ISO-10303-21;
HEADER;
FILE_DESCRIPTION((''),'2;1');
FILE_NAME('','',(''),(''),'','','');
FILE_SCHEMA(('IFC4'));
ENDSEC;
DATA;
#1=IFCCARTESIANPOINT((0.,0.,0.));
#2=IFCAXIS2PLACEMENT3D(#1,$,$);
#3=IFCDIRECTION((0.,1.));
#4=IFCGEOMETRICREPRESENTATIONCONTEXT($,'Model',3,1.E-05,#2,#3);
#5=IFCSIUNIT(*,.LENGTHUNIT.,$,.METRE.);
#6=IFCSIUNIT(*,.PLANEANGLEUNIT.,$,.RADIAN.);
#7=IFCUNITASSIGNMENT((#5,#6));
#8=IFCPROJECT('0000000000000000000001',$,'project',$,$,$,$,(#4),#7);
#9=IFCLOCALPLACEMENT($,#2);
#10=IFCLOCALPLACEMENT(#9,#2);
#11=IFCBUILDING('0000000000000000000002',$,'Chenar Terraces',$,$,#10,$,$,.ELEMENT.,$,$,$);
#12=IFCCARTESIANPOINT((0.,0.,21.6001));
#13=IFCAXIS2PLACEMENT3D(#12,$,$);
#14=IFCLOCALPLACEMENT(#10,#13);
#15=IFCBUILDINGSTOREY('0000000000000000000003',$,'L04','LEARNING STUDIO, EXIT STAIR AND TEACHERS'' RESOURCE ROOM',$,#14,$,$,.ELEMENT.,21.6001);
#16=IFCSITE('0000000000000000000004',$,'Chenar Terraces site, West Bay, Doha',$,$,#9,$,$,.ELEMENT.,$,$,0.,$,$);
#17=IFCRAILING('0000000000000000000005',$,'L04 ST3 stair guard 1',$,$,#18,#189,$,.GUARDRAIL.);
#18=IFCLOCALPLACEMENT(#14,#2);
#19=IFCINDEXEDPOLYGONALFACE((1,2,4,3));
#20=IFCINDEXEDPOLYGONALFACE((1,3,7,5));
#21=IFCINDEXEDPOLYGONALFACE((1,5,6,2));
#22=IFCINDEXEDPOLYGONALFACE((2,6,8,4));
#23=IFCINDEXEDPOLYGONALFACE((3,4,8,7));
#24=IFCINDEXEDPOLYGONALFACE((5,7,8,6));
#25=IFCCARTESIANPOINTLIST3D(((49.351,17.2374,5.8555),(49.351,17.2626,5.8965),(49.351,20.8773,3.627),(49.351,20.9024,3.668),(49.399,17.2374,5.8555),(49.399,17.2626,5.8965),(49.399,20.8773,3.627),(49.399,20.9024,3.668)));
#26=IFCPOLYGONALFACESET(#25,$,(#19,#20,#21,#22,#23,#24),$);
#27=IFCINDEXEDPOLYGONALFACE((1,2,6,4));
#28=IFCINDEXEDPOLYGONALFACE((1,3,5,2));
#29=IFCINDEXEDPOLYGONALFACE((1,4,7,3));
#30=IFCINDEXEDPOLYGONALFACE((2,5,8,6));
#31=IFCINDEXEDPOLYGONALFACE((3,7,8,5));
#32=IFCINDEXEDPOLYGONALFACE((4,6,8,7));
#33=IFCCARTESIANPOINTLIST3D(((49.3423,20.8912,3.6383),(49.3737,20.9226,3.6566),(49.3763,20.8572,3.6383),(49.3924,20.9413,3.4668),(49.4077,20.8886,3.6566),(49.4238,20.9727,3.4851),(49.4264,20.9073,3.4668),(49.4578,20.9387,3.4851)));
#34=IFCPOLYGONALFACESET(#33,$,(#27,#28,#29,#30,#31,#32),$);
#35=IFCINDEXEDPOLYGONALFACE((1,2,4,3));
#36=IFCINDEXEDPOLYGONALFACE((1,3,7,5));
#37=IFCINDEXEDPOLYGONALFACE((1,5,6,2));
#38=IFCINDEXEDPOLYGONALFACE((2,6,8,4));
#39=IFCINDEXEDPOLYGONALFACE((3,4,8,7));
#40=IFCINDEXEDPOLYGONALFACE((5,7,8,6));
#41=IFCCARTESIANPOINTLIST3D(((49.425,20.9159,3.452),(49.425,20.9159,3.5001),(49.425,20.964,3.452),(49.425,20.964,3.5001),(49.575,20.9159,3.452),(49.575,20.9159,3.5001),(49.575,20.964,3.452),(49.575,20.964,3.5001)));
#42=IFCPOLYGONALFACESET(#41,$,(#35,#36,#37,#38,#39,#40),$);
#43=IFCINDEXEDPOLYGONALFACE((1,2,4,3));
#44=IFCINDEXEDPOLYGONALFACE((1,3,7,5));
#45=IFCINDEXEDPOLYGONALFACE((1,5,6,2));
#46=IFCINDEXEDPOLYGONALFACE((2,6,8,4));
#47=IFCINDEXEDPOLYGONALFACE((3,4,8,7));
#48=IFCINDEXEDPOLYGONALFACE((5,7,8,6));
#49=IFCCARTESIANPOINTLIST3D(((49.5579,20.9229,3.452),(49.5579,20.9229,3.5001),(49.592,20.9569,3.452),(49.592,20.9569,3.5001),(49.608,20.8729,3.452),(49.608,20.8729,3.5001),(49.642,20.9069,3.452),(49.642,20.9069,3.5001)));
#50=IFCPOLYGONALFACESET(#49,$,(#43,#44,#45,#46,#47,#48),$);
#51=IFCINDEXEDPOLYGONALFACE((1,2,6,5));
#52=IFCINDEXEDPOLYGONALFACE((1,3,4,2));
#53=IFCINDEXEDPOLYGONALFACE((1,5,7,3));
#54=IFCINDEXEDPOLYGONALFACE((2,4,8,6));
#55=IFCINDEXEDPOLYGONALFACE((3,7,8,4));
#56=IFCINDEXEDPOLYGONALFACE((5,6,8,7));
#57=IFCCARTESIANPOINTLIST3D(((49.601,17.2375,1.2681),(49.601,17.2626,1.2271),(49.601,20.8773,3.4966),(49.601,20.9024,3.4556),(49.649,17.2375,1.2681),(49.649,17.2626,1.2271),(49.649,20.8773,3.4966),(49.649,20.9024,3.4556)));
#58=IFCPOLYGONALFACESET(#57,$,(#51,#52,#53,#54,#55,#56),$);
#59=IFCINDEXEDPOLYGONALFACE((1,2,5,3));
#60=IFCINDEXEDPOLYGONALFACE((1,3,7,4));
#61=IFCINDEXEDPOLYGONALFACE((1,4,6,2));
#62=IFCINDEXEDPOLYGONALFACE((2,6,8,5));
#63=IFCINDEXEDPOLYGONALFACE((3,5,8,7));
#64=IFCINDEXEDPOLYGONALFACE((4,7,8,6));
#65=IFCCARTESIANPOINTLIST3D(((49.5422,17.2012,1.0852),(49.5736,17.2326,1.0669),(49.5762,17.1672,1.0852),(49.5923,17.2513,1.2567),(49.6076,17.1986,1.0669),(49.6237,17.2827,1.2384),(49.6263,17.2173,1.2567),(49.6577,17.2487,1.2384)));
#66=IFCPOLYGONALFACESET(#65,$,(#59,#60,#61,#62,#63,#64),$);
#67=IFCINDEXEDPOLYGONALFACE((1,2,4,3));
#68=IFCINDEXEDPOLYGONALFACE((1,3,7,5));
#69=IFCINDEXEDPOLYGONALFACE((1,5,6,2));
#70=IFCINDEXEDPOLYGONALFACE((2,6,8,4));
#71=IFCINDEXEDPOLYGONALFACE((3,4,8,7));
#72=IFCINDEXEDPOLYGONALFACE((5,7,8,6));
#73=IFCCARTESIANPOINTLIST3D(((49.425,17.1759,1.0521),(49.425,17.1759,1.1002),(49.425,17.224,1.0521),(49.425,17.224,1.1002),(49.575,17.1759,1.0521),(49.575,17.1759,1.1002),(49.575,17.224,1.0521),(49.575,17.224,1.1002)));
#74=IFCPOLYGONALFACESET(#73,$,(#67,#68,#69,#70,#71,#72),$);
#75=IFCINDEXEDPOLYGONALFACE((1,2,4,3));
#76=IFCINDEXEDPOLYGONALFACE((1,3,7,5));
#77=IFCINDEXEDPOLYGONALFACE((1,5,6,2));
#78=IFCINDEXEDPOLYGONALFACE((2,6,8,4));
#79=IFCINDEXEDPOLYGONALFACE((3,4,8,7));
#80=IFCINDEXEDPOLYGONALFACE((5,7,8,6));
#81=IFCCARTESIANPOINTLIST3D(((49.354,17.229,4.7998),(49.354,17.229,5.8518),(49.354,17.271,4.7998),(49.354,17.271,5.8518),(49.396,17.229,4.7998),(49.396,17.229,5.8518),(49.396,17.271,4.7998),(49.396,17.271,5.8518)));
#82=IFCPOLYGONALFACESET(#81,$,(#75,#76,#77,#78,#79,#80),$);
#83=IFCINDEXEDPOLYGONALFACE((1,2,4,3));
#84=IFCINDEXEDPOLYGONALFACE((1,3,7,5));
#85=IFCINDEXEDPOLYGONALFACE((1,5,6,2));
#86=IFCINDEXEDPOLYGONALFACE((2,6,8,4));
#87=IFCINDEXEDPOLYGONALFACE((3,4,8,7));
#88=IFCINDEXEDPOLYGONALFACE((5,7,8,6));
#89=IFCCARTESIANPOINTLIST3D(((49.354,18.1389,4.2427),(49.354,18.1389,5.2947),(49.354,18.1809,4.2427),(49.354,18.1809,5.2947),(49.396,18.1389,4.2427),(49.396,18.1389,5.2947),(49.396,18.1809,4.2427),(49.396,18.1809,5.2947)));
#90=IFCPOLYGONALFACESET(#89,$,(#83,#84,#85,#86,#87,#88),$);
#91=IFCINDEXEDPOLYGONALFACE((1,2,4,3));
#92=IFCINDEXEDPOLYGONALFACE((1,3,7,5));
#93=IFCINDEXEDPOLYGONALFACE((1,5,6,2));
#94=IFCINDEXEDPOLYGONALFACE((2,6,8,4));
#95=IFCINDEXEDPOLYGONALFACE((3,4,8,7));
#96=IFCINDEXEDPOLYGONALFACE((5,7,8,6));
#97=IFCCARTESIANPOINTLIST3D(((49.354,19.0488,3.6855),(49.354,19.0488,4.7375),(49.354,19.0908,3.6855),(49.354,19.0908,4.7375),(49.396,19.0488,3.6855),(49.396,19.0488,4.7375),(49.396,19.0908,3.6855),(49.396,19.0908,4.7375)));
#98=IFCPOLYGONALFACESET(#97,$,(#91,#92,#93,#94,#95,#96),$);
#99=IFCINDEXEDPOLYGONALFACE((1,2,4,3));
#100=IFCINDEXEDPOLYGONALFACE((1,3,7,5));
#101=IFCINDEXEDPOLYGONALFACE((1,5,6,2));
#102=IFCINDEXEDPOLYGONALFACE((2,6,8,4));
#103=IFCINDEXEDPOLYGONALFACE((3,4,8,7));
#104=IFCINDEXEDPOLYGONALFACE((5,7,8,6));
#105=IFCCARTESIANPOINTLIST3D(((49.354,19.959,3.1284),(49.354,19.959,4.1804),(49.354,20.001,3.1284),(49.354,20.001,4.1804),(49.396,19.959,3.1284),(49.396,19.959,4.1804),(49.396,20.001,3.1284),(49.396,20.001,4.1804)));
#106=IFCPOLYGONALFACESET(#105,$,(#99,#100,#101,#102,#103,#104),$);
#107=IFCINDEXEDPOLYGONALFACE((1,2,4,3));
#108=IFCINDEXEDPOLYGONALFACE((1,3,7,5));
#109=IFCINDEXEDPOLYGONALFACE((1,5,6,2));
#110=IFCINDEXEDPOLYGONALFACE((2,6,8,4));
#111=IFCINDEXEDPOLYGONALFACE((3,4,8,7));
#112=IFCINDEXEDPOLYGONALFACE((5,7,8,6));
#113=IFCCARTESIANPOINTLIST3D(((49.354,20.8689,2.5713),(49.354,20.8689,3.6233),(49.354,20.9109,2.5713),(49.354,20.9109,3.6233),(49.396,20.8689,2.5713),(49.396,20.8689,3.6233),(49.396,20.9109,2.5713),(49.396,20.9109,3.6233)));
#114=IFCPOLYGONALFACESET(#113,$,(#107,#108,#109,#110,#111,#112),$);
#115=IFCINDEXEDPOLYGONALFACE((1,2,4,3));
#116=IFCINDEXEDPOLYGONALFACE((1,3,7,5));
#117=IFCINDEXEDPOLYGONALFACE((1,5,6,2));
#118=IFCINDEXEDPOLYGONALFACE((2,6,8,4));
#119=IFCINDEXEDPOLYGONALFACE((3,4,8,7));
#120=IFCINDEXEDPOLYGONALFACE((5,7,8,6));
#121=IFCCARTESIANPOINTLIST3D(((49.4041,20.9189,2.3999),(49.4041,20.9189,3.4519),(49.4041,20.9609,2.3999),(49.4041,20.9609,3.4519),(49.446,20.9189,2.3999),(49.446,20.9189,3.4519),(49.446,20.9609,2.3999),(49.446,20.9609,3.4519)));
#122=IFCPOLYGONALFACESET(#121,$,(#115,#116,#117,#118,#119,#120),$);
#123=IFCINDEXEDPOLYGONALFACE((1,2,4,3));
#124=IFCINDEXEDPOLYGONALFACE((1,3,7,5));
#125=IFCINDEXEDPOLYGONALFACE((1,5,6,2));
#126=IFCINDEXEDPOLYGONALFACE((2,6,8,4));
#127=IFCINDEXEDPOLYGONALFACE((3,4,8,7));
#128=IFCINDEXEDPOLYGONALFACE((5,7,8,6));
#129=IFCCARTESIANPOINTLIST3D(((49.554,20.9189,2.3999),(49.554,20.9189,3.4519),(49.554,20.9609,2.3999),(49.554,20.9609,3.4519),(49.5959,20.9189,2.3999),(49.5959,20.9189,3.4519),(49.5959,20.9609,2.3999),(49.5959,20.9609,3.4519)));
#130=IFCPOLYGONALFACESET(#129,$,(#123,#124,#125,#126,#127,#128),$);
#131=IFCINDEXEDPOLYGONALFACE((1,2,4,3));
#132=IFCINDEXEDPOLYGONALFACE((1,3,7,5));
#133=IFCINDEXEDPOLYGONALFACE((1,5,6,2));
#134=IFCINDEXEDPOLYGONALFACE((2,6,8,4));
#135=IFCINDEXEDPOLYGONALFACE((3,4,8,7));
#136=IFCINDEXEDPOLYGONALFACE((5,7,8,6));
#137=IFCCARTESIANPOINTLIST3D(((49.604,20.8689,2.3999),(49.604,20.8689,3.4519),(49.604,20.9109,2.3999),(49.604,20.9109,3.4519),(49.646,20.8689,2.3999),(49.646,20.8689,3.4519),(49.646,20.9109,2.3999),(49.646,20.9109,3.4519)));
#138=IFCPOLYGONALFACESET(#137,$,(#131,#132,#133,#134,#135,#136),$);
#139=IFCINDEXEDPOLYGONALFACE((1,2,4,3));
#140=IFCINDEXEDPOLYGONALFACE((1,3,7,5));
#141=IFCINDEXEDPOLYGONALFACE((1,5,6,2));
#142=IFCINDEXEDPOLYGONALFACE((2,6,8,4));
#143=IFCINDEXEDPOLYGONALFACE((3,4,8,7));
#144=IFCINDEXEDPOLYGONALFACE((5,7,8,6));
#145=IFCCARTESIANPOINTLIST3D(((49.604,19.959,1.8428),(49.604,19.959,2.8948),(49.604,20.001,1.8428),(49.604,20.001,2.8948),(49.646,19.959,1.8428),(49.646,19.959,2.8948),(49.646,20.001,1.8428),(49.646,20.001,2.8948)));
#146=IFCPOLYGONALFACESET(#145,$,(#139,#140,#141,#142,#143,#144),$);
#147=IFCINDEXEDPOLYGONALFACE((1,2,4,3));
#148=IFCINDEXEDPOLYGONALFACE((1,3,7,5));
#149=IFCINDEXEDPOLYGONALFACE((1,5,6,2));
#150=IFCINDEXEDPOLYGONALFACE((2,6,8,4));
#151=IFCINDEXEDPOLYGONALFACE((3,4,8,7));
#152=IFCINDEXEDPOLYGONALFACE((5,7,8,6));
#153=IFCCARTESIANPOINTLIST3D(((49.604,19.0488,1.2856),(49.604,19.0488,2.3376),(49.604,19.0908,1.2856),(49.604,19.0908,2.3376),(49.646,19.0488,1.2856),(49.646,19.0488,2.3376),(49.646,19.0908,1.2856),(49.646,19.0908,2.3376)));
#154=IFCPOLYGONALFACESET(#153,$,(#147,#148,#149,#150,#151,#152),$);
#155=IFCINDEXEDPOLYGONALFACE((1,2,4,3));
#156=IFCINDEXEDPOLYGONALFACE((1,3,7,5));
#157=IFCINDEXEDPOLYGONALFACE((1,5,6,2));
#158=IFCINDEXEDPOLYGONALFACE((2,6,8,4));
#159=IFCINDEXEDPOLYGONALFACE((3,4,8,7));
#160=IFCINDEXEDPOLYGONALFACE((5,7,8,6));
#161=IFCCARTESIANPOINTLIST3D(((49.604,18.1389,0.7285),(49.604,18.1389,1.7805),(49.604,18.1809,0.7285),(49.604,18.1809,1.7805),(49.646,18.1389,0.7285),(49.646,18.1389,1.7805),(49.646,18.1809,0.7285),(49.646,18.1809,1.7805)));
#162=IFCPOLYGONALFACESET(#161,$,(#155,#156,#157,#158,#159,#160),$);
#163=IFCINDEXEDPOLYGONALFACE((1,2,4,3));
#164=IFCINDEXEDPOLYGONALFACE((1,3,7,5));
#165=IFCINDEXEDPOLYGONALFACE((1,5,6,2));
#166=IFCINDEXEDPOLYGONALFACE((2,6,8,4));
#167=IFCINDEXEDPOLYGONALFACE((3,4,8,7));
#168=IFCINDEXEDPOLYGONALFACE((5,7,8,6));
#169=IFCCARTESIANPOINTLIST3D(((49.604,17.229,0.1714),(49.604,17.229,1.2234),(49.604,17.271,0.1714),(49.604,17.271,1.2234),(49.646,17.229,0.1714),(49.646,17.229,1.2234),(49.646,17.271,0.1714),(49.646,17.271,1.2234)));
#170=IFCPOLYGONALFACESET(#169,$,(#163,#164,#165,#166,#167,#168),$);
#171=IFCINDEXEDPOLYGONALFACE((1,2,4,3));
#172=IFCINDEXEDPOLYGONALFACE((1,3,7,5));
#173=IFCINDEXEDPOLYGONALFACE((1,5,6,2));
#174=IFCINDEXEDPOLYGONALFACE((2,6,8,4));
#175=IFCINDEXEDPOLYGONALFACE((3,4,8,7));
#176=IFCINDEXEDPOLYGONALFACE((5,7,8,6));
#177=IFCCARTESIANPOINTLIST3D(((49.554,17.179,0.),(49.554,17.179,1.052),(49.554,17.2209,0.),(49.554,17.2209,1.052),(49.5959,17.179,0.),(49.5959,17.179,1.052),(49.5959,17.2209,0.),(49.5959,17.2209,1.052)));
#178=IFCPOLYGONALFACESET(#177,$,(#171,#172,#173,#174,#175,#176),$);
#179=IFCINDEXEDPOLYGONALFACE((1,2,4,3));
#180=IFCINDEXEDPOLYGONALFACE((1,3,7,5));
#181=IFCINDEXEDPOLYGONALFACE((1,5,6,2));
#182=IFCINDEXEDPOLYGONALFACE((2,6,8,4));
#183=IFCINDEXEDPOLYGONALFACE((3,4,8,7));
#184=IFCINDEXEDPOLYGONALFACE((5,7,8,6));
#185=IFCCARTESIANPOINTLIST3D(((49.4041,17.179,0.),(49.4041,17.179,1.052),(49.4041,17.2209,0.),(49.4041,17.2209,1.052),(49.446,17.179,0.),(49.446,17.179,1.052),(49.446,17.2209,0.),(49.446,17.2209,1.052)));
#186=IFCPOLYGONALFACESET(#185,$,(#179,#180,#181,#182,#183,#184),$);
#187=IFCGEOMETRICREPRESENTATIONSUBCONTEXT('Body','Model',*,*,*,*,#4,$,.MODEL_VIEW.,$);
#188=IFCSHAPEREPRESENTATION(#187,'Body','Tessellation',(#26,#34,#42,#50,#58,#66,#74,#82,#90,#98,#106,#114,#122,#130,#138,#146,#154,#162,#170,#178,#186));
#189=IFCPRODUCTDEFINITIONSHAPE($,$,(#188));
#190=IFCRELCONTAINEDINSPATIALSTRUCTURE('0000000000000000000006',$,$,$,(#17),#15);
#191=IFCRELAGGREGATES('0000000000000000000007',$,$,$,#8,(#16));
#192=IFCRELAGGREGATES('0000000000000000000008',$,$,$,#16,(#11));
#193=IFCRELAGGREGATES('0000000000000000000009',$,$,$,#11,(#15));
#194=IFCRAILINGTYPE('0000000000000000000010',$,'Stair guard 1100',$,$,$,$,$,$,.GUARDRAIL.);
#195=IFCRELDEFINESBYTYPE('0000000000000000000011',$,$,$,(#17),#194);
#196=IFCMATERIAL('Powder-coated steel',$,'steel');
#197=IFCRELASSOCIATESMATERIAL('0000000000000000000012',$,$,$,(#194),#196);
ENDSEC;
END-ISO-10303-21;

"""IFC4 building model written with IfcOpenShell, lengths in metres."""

from ifc_helpers import new_model, si_unit, direction, frame, origin, origin_2d, place, context, subcontext, project, spatial, rectangle, extrude, material, type_object, element, save


model = new_model("IFC4")

# Units and contexts
model_context = context("Model", 3, precision=1e-05, world=origin(), true_north=direction((0.0, 1.0)))
body_context = subcontext(model_context, "Body", "Model", "MODEL_VIEW")
ifc_project = project(units=[si_unit("LENGTHUNIT", "METRE"), si_unit("PLANEANGLEUNIT", "RADIAN")], contexts=[model_context])

# Site, building, storey
site_placement = place(None, origin())
site = spatial("IfcSite", under=ifc_project, at=site_placement, Name="Chenar Terraces site, West Bay, Doha", CompositionType="ELEMENT", RefElevation=0.0)
building_placement = place(site_placement, origin())
building = spatial("IfcBuilding", under=site, at=building_placement, Name="Chenar Terraces", CompositionType="ELEMENT")
storey_placement = place(building_placement, frame((0.0, 0.0, 21.6001)))
storey = spatial("IfcBuildingStorey", under=building, at=storey_placement, Name="L04", Description="LEARNING STUDIO, EXIT STAIR AND TEACHERS' RESOURCE ROOM", CompositionType="ELEMENT", Elevation=21.6001)

# Railing
ifc_material_1 = material(Name="Powder-coated steel", Category="steel")
railing_type_1 = type_object("IfcRailingType", Name="Stair guard 1100", PredefinedType="GUARDRAIL", material=ifc_material_1)
railing_1_placement = place(storey_placement, frame((49.375, 17.25, 4.7998)))
element("IfcRailing", 1, at=railing_1_placement, inside=storey, type_object=railing_type_1, Name="L04 ST3 stair guard 1", PredefinedType="GUARDRAIL", context=body_context, shape_type="SweptSolid", body=[
    extrude(rectangle(XDim=0.0481, YDim=0.0481, at=origin_2d()), frame((0.0, 0.0, 1.0762), z_axis=(0.0, 0.85285, -0.522156), x_axis=(-1.0, 0.0, 0.0)), (0.0, 0.0, 1.0), 4.2678),
    extrude(rectangle(XDim=0.0481, YDim=0.0481, at=origin_2d()), frame((0.0, 3.6399, -1.1523), z_axis=(0.269911, 0.269911, -0.924281), x_axis=(-0.707107, 0.707107, 0.0)), (0.0, 0.0, 1.0), 0.1855),
    extrude(rectangle(XDim=0.0481, YDim=0.0481, at=origin_2d()), frame((0.05, 3.6899, -1.3237), z_axis=(1.0, 0.0, 0.0), x_axis=(0.0, 1.0, 0.0)), (0.0, 0.0, 1.0), 0.1499),
    extrude(rectangle(XDim=0.0481, YDim=0.0481, at=origin_2d()), frame((0.2, 3.6899, -1.3237), z_axis=(0.707107, -0.707107, 0.0), x_axis=(0.707107, 0.707107, 0.0)), (0.0, 0.0, 1.0), 0.0708),
    extrude(rectangle(XDim=0.0481, YDim=0.0481, at=origin_2d()), frame((0.25, 3.6399, -1.3237), z_axis=(0.0, -0.85285, -0.522156), x_axis=(1.0, 0.0, 0.0)), (0.0, 0.0, 1.0), 4.2678),
    extrude(rectangle(XDim=0.0481, YDim=0.0481, at=origin_2d()), frame((0.25, 0.0, -3.5522), z_axis=(-0.269911, -0.269911, -0.924281), x_axis=(0.707107, -0.707107, 0.0)), (0.0, 0.0, 1.0), 0.1855),
    extrude(rectangle(XDim=0.0481, YDim=0.0481, at=origin_2d()), frame((0.2, -0.05, -3.7236), z_axis=(-1.0, 0.0, 0.0), x_axis=(0.0, -1.0, 0.0)), (0.0, 0.0, 1.0), 0.1499),
    extrude(rectangle(XDim=0.042, YDim=0.042, at=origin_2d()), origin(), (0.0, 0.0, 1.0), 1.052),
    extrude(rectangle(XDim=0.042, YDim=0.042, at=origin_2d()), frame((0.0, 0.9099, -0.5571)), (0.0, 0.0, 1.0), 1.052),
    extrude(rectangle(XDim=0.042, YDim=0.042, at=origin_2d()), frame((0.0, 1.8198, -1.1143)), (0.0, 0.0, 1.0), 1.052),
    extrude(rectangle(XDim=0.042, YDim=0.042, at=origin_2d()), frame((0.0, 2.73, -1.6714)), (0.0, 0.0, 1.0), 1.052),
    extrude(rectangle(XDim=0.042, YDim=0.042, at=origin_2d()), frame((0.0, 3.6399, -2.2285)), (0.0, 0.0, 1.0), 1.052),
    extrude(rectangle(XDim=0.042, YDim=0.042, at=origin_2d()), frame((0.05, 3.6899, -2.3999)), (0.0, 0.0, 1.0), 1.052),
    extrude(rectangle(XDim=0.042, YDim=0.042, at=origin_2d()), frame((0.2, 3.6899, -2.3999)), (0.0, 0.0, 1.0), 1.052),
    extrude(rectangle(XDim=0.042, YDim=0.042, at=origin_2d()), frame((0.25, 3.6399, -2.3999)), (0.0, 0.0, 1.0), 1.052),
    extrude(rectangle(XDim=0.042, YDim=0.042, at=origin_2d()), frame((0.25, 2.73, -2.957)), (0.0, 0.0, 1.0), 1.052),
    extrude(rectangle(XDim=0.042, YDim=0.042, at=origin_2d()), frame((0.25, 1.8198, -3.5142)), (0.0, 0.0, 1.0), 1.052),
    extrude(rectangle(XDim=0.042, YDim=0.042, at=origin_2d()), frame((0.25, 0.9099, -4.0713)), (0.0, 0.0, 1.0), 1.052),
    extrude(rectangle(XDim=0.042, YDim=0.042, at=origin_2d()), frame((0.25, 0.0, -4.6284)), (0.0, 0.0, 1.0), 1.052),
    extrude(rectangle(XDim=0.042, YDim=0.042, at=origin_2d()), frame((0.2, -0.05, -4.7998)), (0.0, 0.0, 1.0), 1.052),
    extrude(rectangle(XDim=0.042, YDim=0.042, at=origin_2d()), frame((0.05, -0.05, -4.7998)), (0.0, 0.0, 1.0), 1.052),
])

save(model, "model.ifc")
